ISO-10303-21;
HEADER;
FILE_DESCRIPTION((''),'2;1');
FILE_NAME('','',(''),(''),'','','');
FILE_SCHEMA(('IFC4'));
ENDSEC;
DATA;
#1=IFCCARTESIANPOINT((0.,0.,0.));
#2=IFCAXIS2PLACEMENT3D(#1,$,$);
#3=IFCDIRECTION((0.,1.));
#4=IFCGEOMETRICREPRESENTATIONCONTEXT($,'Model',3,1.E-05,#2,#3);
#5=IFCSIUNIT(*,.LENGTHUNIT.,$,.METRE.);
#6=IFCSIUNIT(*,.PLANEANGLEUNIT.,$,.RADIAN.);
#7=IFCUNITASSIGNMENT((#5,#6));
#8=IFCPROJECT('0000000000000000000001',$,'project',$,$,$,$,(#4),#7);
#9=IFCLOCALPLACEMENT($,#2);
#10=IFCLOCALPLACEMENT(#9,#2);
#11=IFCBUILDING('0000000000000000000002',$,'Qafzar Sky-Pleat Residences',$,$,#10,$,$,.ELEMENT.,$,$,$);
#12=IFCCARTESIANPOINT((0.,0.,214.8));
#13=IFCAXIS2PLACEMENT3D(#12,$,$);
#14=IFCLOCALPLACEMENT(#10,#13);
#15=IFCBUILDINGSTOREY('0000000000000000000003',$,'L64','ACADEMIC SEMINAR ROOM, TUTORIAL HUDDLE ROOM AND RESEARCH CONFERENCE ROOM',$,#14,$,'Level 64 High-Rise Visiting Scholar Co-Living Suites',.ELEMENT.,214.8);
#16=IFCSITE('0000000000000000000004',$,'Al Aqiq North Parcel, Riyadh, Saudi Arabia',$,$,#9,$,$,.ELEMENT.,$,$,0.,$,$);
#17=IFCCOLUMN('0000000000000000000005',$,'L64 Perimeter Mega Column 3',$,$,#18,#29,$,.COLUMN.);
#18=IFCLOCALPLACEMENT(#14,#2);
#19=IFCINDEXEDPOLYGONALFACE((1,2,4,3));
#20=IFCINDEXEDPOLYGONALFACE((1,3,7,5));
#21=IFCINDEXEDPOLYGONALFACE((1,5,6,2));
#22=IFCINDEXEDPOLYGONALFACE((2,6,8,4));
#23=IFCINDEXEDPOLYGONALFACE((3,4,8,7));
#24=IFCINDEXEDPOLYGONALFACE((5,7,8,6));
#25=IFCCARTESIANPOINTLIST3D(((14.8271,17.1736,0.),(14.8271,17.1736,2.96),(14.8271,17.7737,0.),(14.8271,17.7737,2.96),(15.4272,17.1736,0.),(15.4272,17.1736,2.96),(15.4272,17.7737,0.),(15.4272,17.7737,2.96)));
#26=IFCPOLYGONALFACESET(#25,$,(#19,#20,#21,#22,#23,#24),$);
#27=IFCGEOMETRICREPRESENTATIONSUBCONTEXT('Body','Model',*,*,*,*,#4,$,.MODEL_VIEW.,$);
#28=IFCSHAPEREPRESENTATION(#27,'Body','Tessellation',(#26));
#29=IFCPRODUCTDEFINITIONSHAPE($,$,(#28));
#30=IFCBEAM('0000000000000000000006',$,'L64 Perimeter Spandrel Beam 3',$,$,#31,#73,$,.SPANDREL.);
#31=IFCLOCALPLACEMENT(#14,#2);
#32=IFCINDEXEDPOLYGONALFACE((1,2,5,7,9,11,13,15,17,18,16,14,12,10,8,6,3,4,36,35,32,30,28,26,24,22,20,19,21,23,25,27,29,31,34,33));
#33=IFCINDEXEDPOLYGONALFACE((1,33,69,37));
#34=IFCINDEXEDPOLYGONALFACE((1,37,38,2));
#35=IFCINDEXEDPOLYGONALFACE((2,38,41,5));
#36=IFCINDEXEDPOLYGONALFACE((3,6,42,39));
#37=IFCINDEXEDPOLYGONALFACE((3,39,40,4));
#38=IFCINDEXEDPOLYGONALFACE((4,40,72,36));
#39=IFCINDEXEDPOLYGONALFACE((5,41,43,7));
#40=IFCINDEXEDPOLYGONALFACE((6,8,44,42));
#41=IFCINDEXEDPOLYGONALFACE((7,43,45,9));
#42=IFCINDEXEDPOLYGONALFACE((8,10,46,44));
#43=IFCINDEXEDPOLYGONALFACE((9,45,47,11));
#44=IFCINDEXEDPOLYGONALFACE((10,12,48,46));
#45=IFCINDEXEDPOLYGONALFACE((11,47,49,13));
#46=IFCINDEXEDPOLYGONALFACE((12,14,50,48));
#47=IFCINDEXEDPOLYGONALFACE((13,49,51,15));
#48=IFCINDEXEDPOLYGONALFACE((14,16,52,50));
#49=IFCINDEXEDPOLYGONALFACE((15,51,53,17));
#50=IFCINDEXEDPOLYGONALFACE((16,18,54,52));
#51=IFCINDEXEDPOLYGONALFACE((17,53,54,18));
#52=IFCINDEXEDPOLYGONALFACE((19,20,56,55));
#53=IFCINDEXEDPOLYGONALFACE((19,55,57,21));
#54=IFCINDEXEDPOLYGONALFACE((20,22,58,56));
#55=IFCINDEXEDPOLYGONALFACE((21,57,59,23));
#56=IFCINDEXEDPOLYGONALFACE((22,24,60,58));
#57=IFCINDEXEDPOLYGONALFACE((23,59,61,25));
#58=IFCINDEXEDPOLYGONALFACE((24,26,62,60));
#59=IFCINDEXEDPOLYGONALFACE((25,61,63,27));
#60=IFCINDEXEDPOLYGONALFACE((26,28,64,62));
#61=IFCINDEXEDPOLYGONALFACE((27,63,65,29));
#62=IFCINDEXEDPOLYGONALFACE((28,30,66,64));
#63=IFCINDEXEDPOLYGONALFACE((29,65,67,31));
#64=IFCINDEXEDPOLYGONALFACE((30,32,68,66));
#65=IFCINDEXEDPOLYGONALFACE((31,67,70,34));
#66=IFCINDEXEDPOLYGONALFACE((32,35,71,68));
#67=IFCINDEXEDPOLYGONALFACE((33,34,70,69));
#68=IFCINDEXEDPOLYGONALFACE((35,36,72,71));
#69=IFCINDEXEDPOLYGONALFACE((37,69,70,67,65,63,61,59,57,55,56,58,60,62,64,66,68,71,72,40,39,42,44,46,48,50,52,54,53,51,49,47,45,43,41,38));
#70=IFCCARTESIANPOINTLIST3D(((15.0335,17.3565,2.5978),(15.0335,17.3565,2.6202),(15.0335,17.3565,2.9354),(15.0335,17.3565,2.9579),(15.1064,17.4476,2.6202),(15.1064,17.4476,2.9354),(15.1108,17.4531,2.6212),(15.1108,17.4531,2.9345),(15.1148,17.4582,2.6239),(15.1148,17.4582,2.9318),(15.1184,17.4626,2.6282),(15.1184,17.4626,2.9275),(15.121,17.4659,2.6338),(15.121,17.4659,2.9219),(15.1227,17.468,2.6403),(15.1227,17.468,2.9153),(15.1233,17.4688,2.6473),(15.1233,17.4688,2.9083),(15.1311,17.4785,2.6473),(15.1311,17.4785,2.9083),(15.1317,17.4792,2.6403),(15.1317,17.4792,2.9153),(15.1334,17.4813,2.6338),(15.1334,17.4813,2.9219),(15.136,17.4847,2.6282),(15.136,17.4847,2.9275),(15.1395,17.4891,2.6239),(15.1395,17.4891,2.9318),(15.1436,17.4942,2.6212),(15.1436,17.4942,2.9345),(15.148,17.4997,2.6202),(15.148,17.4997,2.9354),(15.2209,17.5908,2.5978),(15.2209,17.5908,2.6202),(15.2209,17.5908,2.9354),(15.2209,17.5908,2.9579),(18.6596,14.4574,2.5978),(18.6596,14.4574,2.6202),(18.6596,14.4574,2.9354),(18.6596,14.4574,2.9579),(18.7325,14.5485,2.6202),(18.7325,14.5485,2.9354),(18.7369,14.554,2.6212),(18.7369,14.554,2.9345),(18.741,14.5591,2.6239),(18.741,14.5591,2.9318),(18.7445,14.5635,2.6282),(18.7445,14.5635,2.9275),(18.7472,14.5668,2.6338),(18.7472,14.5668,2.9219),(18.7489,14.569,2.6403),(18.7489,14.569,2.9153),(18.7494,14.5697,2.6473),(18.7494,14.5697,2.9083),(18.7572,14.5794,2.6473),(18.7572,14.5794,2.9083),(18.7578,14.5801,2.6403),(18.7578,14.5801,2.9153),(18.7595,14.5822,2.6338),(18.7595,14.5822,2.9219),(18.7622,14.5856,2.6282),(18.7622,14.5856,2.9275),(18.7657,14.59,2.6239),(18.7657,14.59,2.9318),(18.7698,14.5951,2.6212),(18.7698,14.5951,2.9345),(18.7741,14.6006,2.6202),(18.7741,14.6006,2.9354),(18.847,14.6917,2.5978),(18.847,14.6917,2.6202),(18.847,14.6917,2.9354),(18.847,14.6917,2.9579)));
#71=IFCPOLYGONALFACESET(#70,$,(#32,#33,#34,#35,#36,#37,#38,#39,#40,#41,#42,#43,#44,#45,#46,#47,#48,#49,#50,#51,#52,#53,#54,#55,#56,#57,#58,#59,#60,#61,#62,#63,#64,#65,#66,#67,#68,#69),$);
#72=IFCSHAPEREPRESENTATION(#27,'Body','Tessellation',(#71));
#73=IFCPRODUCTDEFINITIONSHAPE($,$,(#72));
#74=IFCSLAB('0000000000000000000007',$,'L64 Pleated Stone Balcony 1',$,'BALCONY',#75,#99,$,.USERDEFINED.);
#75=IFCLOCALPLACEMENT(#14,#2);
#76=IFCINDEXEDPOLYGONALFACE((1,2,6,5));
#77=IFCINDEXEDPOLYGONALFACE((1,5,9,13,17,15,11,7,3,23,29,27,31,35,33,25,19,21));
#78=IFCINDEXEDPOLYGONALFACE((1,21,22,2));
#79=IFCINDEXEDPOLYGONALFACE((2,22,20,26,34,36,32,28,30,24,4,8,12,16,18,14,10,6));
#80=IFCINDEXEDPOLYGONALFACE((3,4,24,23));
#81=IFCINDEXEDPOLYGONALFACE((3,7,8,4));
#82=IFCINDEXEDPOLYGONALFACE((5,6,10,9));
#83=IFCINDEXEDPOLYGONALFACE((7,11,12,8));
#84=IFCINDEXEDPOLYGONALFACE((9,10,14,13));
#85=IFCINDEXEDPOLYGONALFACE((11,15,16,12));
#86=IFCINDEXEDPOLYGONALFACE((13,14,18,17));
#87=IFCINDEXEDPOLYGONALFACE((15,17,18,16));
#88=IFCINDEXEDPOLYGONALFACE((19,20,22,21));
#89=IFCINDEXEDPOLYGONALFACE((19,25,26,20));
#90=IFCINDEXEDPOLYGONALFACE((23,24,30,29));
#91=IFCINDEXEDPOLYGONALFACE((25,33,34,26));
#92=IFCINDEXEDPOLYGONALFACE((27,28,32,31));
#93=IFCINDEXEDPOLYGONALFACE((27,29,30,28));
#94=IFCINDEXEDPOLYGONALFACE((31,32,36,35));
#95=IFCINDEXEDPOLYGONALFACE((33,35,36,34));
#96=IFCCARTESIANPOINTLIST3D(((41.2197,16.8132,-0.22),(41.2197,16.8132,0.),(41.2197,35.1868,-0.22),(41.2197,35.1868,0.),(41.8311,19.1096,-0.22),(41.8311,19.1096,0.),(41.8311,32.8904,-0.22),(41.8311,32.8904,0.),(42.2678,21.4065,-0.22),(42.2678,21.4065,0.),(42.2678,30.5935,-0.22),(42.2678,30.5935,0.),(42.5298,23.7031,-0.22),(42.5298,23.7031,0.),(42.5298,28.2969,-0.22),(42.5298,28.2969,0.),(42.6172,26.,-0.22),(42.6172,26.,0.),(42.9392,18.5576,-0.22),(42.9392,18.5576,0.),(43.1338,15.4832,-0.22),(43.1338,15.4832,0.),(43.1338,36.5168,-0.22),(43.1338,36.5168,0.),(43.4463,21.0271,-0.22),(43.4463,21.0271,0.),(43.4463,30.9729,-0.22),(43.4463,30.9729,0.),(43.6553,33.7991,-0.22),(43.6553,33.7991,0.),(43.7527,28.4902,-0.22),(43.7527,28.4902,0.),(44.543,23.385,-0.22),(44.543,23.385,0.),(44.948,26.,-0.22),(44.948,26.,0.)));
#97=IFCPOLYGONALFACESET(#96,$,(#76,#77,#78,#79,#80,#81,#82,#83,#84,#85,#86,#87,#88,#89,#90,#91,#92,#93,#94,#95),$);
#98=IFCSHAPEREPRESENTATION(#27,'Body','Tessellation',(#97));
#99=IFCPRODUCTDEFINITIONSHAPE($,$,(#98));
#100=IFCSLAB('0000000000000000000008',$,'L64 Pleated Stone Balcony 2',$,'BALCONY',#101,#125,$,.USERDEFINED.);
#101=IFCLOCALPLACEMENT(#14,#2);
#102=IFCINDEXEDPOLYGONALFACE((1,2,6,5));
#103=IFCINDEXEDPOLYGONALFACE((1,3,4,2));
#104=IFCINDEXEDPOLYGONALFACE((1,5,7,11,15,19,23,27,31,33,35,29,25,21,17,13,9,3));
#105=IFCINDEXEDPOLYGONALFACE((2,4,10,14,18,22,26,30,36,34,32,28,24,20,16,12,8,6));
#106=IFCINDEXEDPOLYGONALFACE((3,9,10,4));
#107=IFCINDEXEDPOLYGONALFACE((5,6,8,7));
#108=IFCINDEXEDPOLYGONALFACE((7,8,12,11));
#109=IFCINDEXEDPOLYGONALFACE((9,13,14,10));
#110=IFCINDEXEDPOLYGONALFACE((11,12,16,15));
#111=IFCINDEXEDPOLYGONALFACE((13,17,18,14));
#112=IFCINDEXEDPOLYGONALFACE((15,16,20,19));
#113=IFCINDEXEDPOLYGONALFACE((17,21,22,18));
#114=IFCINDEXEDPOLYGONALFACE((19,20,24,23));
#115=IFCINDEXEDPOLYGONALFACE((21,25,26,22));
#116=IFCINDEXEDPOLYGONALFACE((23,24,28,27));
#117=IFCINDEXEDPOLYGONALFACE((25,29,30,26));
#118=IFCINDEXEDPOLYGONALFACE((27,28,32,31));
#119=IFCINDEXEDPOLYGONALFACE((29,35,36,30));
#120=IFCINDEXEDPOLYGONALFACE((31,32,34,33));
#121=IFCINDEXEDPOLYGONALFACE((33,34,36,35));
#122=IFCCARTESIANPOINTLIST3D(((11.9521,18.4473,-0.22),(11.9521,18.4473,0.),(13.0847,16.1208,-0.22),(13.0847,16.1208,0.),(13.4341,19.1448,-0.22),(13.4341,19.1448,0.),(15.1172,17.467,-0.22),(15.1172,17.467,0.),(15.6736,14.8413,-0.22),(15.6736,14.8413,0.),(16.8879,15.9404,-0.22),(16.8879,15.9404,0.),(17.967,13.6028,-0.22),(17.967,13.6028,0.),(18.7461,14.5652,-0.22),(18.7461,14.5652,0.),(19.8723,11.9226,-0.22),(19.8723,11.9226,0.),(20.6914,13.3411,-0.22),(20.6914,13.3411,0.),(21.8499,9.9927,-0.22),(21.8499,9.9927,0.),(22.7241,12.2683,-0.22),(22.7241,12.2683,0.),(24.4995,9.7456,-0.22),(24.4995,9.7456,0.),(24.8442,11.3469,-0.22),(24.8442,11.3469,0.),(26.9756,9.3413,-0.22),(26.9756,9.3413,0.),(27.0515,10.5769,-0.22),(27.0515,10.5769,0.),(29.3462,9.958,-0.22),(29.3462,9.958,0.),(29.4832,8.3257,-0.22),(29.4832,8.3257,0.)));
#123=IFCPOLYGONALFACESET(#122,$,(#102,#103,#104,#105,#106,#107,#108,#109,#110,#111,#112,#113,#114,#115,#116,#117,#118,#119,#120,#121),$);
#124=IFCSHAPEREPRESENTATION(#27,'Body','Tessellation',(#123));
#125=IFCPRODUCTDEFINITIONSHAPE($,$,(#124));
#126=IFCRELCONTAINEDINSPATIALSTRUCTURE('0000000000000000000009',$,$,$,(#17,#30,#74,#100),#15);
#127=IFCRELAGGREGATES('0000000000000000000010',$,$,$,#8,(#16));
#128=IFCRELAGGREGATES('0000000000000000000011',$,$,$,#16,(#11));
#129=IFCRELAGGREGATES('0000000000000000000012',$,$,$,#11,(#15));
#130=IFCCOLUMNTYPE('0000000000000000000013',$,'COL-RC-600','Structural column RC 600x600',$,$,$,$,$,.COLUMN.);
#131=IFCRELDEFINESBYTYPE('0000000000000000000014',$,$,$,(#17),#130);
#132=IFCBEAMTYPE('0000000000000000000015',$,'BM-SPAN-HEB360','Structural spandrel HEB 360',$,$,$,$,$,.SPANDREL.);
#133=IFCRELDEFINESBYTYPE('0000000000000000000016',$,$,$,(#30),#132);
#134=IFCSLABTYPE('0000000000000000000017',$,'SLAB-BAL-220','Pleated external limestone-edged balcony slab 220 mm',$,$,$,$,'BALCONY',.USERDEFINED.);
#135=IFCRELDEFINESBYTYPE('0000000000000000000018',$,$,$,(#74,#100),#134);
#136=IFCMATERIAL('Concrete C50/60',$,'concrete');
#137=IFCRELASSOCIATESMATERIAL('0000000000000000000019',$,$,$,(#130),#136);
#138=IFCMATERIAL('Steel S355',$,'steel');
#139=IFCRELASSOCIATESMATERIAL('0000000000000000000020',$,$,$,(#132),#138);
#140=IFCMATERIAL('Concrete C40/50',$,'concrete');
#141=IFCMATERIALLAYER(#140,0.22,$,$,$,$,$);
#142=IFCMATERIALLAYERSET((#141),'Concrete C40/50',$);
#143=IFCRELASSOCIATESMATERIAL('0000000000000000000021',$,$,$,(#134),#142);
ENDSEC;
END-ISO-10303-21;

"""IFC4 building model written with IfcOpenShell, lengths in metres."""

from ifc_helpers import new_model, si_unit, direction, frame, origin, origin_2d, place, context, subcontext, project, spatial, polyline, rectangle, i_section, outline, extrude, source, transform, mapped, material, layer, layer_set, material_profile, profile_set, type_object, element, save


model = new_model("IFC4")

# Units and contexts
model_context = context("Model", 3, precision=1e-05, world=origin(), true_north=direction((0.0, 1.0)))
body_context = subcontext(model_context, "Body", "Model", "MODEL_VIEW")
ifc_project = project(units=[si_unit("LENGTHUNIT", "METRE"), si_unit("PLANEANGLEUNIT", "RADIAN")], contexts=[model_context])

# Site, building, storey
site_placement = place(None, origin())
site = spatial("IfcSite", under=ifc_project, at=site_placement, Name="Al Aqiq North Parcel, Riyadh, Saudi Arabia", CompositionType="ELEMENT", RefElevation=0.0)
building_placement = place(site_placement, origin())
building = spatial("IfcBuilding", under=site, at=building_placement, Name="Qafzar Sky-Pleat Residences", CompositionType="ELEMENT")
storey_placement = place(building_placement, frame((0.0, 0.0, 214.8)))
storey = spatial("IfcBuildingStorey", under=building, at=storey_placement, Name="L64", Description="ACADEMIC SEMINAR ROOM, TUTORIAL HUDDLE ROOM AND RESEARCH CONFERENCE ROOM", LongName="Level 64 High-Rise Visiting Scholar Co-Living Suites", CompositionType="ELEMENT", Elevation=214.8)

# Column
ifc_material_1 = material(Name="Concrete C50/60", Category="concrete")
ifc_material_profile_1 = material_profile(ifc_material_1, rectangle(XDim=0.6001, YDim=0.6001, at=origin_2d()), Name="RC 600x600")
ifc_profile_set_1 = profile_set([ifc_material_profile_1], Name="Concrete C50/60")
column_type = type_object("IfcColumnType", Name="COL-RC-600", Description="Structural column RC 600x600", PredefinedType="COLUMN", material=ifc_profile_set_1)
shared_shape_1 = source(origin(), body_context, "Body", "SweptSolid", [
    extrude(rectangle(XDim=0.6001, YDim=0.6001, at=origin_2d()), origin(), (0.0, 0.0, 1.0), 2.96),
])
column_placement = place(storey_placement, frame((15.1272, 17.4736, 0.0), z_axis=(0.0, 0.0, 1.0), x_axis=(1.0, 0.0, 0.0)))
element("IfcColumn", 1, at=column_placement, inside=storey, type_object=column_type, Name="L64 Perimeter Mega Column 3", PredefinedType="COLUMN", context=body_context, shape_type="MappedRepresentation", body=[
    mapped(shared_shape_1, transform((0.0, 0.0, 0.0), x_axis=(1.0, 0.0, 0.0), y_axis=(0.0, 1.0, 0.0), z_axis=(0.0, 0.0, 1.0), scale=1.0)),
])

# Beam
ifc_material_2 = material(Name="Steel S355", Category="steel")
ifc_material_profile_2 = material_profile(ifc_material_2, i_section(OverallWidth=0.3, OverallDepth=0.3601, WebThickness=0.0125, FlangeThickness=0.0225, FilletRadius=0.0271, at=origin_2d()), Name="HEB 360")
ifc_profile_set_2 = profile_set([ifc_material_profile_2], Name="Steel S355")
beam_type = type_object("IfcBeamType", Name="BM-SPAN-HEB360", Description="Structural spandrel HEB 360", PredefinedType="SPANDREL", material=ifc_profile_set_2)
shared_shape_2 = source(origin(), body_context, "Body", "SweptSolid", [
    extrude(i_section(OverallWidth=0.3, OverallDepth=0.3601, WebThickness=0.0125, FlangeThickness=0.0225, FilletRadius=0.0271, at=origin_2d()), origin(), (0.0, 0.0, 1.0), 4.6426),
])
beam_placement = place(storey_placement, frame((15.1272, 17.4736, 2.7778), z_axis=(0.781059, -0.624458, 0.0), x_axis=(0.624458, 0.781059, 0.0)))
element("IfcBeam", 2, at=beam_placement, inside=storey, type_object=beam_type, Name="L64 Perimeter Spandrel Beam 3", PredefinedType="SPANDREL", context=body_context, shape_type="MappedRepresentation", body=[
    mapped(shared_shape_2, transform((0.0, 0.0, 0.0), x_axis=(1.0, 0.0, 0.0), y_axis=(0.0, 1.0, 0.0), z_axis=(0.0, 0.0, 1.0), scale=1.0)),
])

# Slabs
ifc_material_3 = material(Name="Concrete C40/50", Category="concrete")
ifc_layer_1 = layer(ifc_material_3, 0.22)
ifc_layer_set_1 = layer_set([ifc_layer_1], Name="Concrete C40/50")
slab_type_1 = type_object("IfcSlabType", Name="SLAB-BAL-220", Description="Pleated external limestone-edged balcony slab 220 mm", ElementType="BALCONY", PredefinedType="USERDEFINED", material=ifc_layer_set_1)
slab_1_placement = place(storey_placement, frame((0.0, 0.0, -0.22)))
element("IfcSlab", 3, at=slab_1_placement, inside=storey, type_object=slab_type_1, Name="L64 Pleated Stone Balcony 1", ObjectType="BALCONY", PredefinedType="USERDEFINED", context=body_context, shape_type="SweptSolid", body=[
    extrude(outline(polyline([(41.8311, 19.1096), (42.2678, 21.4065), (42.5298, 23.7031), (42.6172, 26.0), (42.5298, 28.2969), (42.2678, 30.5935), (41.8311, 32.8904), (41.2197, 35.1868), (43.1338, 36.5168), (43.6553, 33.7991), (43.4463, 30.9729), (43.7527, 28.4902), (44.948, 26.0), (44.543, 23.385), (43.4463, 21.0271), (42.9392, 18.5576), (43.1338, 15.4832), (41.2197, 16.8132), (41.8311, 19.1096)])), origin(), (0.0, 0.0, 1.0), 0.22),
])
slab_2_placement = place(storey_placement, frame((0.0, 0.0, -0.22)))
element("IfcSlab", 4, at=slab_2_placement, inside=storey, type_object=slab_type_1, Name="L64 Pleated Stone Balcony 2", ObjectType="BALCONY", PredefinedType="USERDEFINED", context=body_context, shape_type="SweptSolid", body=[
    extrude(outline(polyline([(15.1172, 17.467), (16.8879, 15.9404), (18.7461, 14.5652), (20.6914, 13.3411), (22.7241, 12.2683), (24.8442, 11.3469), (27.0515, 10.5769), (29.3462, 9.958), (29.4832, 8.3257), (26.9756, 9.3413), (24.4995, 9.7456), (21.8499, 9.9927), (19.8723, 11.9226), (17.967, 13.6028), (15.6736, 14.8413), (13.0847, 16.1208), (11.9521, 18.4473), (13.4341, 19.1448), (15.1172, 17.467)])), origin(), (0.0, 0.0, 1.0), 0.22),
])

save(model, "model.ifc")
